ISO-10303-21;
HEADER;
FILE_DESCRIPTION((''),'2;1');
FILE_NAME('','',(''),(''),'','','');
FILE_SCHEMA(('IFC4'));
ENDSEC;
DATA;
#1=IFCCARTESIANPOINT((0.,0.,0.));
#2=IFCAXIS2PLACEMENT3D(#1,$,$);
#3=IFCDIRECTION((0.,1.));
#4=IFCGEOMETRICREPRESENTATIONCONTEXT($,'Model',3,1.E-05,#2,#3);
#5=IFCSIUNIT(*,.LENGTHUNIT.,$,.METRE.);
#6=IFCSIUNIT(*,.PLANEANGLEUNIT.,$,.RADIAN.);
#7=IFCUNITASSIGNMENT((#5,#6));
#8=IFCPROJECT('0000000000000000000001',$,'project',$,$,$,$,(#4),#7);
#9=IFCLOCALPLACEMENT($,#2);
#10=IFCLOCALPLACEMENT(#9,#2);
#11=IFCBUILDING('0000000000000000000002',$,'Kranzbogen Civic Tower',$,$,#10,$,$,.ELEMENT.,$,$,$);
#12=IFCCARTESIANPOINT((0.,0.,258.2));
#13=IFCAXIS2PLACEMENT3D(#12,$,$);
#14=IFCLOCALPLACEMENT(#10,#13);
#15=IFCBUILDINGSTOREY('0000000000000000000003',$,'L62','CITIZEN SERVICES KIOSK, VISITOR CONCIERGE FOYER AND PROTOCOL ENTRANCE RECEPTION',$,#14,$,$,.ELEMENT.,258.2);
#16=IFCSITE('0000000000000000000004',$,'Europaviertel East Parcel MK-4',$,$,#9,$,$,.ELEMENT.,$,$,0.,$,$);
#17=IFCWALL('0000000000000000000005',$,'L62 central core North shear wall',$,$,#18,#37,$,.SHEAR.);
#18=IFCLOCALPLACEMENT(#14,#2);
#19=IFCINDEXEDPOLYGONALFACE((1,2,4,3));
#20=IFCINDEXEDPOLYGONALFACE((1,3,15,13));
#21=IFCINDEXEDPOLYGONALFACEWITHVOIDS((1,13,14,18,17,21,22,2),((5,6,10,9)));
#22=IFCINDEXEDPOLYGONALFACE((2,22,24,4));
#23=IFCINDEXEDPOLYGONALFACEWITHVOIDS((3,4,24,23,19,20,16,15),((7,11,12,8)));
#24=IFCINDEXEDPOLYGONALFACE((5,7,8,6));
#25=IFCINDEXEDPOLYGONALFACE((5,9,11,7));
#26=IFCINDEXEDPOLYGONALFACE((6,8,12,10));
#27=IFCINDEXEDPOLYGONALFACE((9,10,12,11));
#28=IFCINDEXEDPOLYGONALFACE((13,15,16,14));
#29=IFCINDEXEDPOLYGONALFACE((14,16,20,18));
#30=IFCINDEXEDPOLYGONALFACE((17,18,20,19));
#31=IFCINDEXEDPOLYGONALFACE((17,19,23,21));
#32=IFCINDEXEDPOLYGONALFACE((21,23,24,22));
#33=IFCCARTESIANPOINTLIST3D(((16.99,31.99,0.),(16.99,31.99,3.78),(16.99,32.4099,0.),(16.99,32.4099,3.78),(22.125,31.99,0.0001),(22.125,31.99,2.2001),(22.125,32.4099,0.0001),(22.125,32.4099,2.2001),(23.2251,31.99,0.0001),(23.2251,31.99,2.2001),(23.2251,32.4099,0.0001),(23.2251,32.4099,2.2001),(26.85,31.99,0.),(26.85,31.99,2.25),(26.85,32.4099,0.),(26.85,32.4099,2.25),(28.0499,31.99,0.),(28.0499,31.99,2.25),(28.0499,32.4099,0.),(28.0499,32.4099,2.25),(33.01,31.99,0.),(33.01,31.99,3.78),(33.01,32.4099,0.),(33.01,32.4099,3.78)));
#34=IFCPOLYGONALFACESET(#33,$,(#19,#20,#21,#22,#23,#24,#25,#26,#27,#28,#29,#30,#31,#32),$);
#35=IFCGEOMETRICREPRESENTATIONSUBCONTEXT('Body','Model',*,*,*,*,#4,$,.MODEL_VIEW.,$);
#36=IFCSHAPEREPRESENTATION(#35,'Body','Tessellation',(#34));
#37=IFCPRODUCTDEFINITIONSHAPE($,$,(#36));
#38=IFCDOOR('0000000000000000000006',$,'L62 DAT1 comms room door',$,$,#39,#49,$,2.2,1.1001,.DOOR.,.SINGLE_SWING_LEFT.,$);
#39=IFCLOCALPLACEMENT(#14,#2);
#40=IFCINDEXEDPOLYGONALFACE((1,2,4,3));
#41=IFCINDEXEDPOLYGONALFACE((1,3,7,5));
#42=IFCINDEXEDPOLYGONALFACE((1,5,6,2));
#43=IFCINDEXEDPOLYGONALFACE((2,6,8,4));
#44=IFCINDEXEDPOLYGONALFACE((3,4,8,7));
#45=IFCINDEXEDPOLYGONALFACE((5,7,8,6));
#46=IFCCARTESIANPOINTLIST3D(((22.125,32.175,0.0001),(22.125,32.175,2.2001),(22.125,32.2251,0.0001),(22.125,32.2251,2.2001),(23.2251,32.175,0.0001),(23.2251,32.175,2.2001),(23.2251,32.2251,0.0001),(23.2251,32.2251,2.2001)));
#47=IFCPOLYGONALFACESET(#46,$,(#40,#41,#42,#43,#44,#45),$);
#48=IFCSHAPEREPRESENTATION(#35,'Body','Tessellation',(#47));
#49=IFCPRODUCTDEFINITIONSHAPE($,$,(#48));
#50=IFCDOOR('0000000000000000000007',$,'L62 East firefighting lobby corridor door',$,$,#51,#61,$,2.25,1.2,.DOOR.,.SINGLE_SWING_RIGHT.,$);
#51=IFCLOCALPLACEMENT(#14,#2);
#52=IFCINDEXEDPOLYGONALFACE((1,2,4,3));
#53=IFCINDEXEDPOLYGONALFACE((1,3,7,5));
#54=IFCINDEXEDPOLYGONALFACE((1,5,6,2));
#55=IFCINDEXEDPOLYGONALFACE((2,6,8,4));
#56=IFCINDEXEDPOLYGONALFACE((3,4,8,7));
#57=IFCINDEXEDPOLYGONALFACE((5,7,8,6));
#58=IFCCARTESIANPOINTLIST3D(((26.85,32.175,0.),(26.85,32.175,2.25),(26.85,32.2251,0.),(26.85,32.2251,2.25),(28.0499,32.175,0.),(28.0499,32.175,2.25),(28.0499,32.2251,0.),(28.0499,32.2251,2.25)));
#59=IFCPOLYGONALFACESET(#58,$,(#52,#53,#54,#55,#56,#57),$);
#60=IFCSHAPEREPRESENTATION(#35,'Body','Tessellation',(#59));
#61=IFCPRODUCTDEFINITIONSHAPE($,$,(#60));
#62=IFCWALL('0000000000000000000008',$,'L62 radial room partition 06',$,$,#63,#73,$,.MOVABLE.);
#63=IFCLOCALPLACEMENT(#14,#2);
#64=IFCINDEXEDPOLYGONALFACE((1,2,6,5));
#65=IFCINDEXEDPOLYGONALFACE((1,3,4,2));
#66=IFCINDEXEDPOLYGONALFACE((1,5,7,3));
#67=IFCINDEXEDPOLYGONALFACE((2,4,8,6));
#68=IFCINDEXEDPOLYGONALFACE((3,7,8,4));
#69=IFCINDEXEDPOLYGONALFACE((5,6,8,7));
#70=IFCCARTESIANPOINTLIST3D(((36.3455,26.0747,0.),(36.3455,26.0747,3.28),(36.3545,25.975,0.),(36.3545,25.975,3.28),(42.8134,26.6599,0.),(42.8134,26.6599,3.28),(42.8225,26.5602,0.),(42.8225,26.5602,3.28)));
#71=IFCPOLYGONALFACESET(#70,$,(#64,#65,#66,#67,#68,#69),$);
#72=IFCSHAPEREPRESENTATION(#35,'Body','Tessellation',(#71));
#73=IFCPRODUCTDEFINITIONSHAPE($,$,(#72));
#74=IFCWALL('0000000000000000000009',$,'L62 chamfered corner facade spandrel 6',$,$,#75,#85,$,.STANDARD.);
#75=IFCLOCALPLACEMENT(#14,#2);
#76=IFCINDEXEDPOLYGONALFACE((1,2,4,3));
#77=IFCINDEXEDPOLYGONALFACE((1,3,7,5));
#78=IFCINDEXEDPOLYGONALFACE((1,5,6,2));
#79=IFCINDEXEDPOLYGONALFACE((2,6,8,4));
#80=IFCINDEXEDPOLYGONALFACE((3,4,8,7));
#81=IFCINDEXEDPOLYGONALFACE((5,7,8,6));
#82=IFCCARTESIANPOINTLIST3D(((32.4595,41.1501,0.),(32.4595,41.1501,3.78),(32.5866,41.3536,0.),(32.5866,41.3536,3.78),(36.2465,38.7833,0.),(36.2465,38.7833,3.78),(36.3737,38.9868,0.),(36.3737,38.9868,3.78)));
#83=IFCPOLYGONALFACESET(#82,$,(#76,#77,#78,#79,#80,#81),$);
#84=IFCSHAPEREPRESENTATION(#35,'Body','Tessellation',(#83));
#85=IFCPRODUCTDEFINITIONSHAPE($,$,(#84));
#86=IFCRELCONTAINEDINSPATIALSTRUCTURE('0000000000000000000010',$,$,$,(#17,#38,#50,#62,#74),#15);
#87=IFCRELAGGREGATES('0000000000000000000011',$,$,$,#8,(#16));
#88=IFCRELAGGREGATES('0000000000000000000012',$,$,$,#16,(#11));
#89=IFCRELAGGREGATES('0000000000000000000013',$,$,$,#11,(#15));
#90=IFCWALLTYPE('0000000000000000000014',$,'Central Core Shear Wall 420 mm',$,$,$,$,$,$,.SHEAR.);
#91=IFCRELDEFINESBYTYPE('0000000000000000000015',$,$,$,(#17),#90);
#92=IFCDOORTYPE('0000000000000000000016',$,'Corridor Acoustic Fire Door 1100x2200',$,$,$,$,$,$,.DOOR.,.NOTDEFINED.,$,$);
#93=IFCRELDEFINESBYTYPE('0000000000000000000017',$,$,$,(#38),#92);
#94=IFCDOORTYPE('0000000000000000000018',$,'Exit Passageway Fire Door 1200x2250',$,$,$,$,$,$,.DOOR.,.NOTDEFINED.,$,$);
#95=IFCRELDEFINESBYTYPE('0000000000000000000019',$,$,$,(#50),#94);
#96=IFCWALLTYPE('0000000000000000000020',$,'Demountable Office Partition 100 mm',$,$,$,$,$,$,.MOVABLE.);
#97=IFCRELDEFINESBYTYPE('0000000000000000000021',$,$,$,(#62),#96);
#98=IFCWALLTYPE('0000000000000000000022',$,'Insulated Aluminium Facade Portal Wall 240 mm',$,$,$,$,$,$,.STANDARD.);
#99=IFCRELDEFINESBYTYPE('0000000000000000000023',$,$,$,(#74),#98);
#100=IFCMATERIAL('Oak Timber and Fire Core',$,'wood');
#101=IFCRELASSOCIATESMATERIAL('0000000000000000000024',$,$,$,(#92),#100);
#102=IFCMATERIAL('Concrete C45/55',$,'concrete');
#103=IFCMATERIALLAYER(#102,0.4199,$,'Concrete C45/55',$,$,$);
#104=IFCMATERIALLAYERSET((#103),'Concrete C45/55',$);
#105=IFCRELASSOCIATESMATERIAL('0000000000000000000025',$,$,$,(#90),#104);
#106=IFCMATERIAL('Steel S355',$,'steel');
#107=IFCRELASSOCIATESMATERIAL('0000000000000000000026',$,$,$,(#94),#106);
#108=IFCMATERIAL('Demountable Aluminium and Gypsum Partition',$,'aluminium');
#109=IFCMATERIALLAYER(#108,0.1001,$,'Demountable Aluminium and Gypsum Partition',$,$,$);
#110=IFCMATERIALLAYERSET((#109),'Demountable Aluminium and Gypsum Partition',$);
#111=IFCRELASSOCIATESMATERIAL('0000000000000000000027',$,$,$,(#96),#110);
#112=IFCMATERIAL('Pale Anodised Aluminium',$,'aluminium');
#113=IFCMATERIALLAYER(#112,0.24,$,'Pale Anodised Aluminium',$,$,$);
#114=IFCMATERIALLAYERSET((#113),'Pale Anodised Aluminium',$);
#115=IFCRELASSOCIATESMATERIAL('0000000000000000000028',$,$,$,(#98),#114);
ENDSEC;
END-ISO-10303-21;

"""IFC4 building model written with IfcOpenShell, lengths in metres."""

from ifc_helpers import new_model, si_unit, direction, frame, frame_2d, origin, place, context, subcontext, project, spatial, rectangle, extrude, material, layer, layer_set, type_object, element, fill, save


model = new_model("IFC4")

# Units and contexts
model_context = context("Model", 3, precision=1e-05, world=origin(), true_north=direction((0.0, 1.0)))
body_context = subcontext(model_context, "Body", "Model", "MODEL_VIEW")
ifc_project = project(units=[si_unit("LENGTHUNIT", "METRE"), si_unit("PLANEANGLEUNIT", "RADIAN")], contexts=[model_context])

# Site, building, storey
site_placement = place(None, origin())
site = spatial("IfcSite", under=ifc_project, at=site_placement, Name="Europaviertel East Parcel MK-4", CompositionType="ELEMENT", RefElevation=0.0)
building_placement = place(site_placement, origin())
building = spatial("IfcBuilding", under=site, at=building_placement, Name="Kranzbogen Civic Tower", CompositionType="ELEMENT")
storey_placement = place(building_placement, frame((0.0, 0.0, 258.2)))
storey = spatial("IfcBuildingStorey", under=building, at=storey_placement, Name="L62", Description="CITIZEN SERVICES KIOSK, VISITOR CONCIERGE FOYER AND PROTOCOL ENTRANCE RECEPTION", CompositionType="ELEMENT", Elevation=258.2)

# Shared definitions
ifc_material_1 = material(Name="Steel S355", Category="steel")

# Shared definitions
ifc_material_2 = material(Name="Pale Anodised Aluminium", Category="aluminium")

# Shared definitions
ifc_material_3 = material(Name="Oak Timber and Fire Core", Category="wood")
door_type_1 = type_object("IfcDoorType", Name="Corridor Acoustic Fire Door 1100x2200", OperationType="NOTDEFINED", PredefinedType="DOOR", material=ifc_material_3)

# Wall, openings, doors
ifc_material_4 = material(Name="Concrete C45/55", Category="concrete")
ifc_layer_1 = layer(ifc_material_4, 0.4199, Name="Concrete C45/55")
ifc_layer_set_1 = layer_set([ifc_layer_1], Name="Concrete C45/55")
wall_type_1 = type_object("IfcWallType", Name="Central Core Shear Wall 420 mm", PredefinedType="SHEAR", material=ifc_layer_set_1)
wall_1_placement = place(storey_placement, frame((33.01, 32.2, 0.0), z_axis=(0.0, 0.0, 1.0), x_axis=(-1.0, 0.0, 0.0)))
wall_1 = element("IfcWall", 1, at=wall_1_placement, inside=storey, type_object=wall_type_1, Name="L62 central core North shear wall", PredefinedType="SHEAR", context=body_context, shape_type="SweptSolid", body=[
    extrude(rectangle(XDim=16.02, YDim=0.4199, at=frame_2d((8.01, 0.0))), origin(), (0.0, 0.0, 1.0), 3.78),
])
opening_1_placement = place(wall_1_placement, frame((4.96, 0.0, 0.0)))
opening_1 = element("IfcOpeningElement", 2, at=opening_1_placement, cuts=wall_1, PredefinedType="OPENING", context=body_context, shape_type="SweptSolid", body=[
    extrude(rectangle(XDim=1.2, YDim=2.25, at=frame_2d((0.6001, 1.125))), frame((0.0, 0.22, 0.0), z_axis=(0.0, -1.0, 0.0), x_axis=(1.0, 0.0, 0.0)), (0.0, 0.0, 1.0), 0.4399),
])
opening_2_placement = place(wall_1_placement, frame((9.7849, 0.0, 0.0)))
opening_2 = element("IfcOpeningElement", 3, at=opening_2_placement, cuts=wall_1, PredefinedType="OPENING", context=body_context, shape_type="SweptSolid", body=[
    extrude(rectangle(XDim=1.1001, YDim=2.2, at=frame_2d((0.55, 1.1001))), frame((0.0, 0.22, 0.0), z_axis=(0.0, -1.0, 0.0), x_axis=(1.0, 0.0, 0.0)), (0.0, 0.0, 1.0), 0.4399),
])
door_1_placement = place(opening_2_placement, origin())
door_1 = element("IfcDoor", 4, at=door_1_placement, inside=storey, type_object=door_type_1, Name="L62 DAT1 comms room door", OperationType="SINGLE_SWING_LEFT", OverallHeight=2.2, OverallWidth=1.1001, PredefinedType="DOOR", context=body_context, shape_type="SweptSolid", body=[
    extrude(rectangle(XDim=1.1001, YDim=2.2, at=frame_2d((0.55, 1.1001))), frame((0.0, 0.0249, 0.0), z_axis=(0.0, -1.0, 0.0), x_axis=(1.0, 0.0, 0.0)), (0.0, 0.0, 1.0), 0.05),
])
fill(opening_2, door_1)
door_type_2 = type_object("IfcDoorType", Name="Exit Passageway Fire Door 1200x2250", OperationType="NOTDEFINED", PredefinedType="DOOR", material=ifc_material_1)
door_2_placement = place(opening_1_placement, origin())
door_2 = element("IfcDoor", 5, at=door_2_placement, inside=storey, type_object=door_type_2, Name="L62 East firefighting lobby corridor door", OperationType="SINGLE_SWING_RIGHT", OverallHeight=2.25, OverallWidth=1.2, PredefinedType="DOOR", context=body_context, shape_type="SweptSolid", body=[
    extrude(rectangle(XDim=1.2, YDim=2.25, at=frame_2d((0.6001, 1.125))), frame((0.0, 0.0249, 0.0), z_axis=(0.0, -1.0, 0.0), x_axis=(1.0, 0.0, 0.0)), (0.0, 0.0, 1.0), 0.05),
])
fill(opening_1, door_2)

# Walls
ifc_material_5 = material(Name="Demountable Aluminium and Gypsum Partition", Category="aluminium")
ifc_layer_2 = layer(ifc_material_5, 0.1001, Name="Demountable Aluminium and Gypsum Partition")
ifc_layer_set_2 = layer_set([ifc_layer_2], Name="Demountable Aluminium and Gypsum Partition")
wall_type_2 = type_object("IfcWallType", Name="Demountable Office Partition 100 mm", PredefinedType="MOVABLE", material=ifc_layer_set_2)
wall_2_placement = place(storey_placement, frame((36.3501, 26.0249, 0.0), z_axis=(0.0, 0.0, 1.0), x_axis=(0.995932, 0.090109, 0.0)))
element("IfcWall", 6, at=wall_2_placement, inside=storey, type_object=wall_type_2, Name="L62 radial room partition 06", PredefinedType="MOVABLE", context=body_context, shape_type="SweptSolid", body=[
    extrude(rectangle(XDim=6.4944, YDim=0.1001, at=frame_2d((3.2471, 0.0))), origin(), (0.0, 0.0, 1.0), 3.28),
])
ifc_layer_3 = layer(ifc_material_2, 0.24, Name="Pale Anodised Aluminium")
ifc_layer_set_3 = layer_set([ifc_layer_3], Name="Pale Anodised Aluminium")
wall_type_3 = type_object("IfcWallType", Name="Insulated Aluminium Facade Portal Wall 240 mm", PredefinedType="STANDARD", material=ifc_layer_set_3)
wall_3_placement = place(storey_placement, frame((36.3101, 38.885, 0.0), z_axis=(0.0, 0.0, 1.0), x_axis=(-0.847998, 0.529999, 0.0)))
element("IfcWall", 7, at=wall_3_placement, inside=storey, type_object=wall_type_3, Name="L62 chamfered corner facade spandrel 6", PredefinedType="STANDARD", context=body_context, shape_type="SweptSolid", body=[
    extrude(rectangle(XDim=4.4658, YDim=0.24, at=frame_2d((2.2329, 0.0))), origin(), (0.0, 0.0, 1.0), 3.78),
])

save(model, "model.ifc")
